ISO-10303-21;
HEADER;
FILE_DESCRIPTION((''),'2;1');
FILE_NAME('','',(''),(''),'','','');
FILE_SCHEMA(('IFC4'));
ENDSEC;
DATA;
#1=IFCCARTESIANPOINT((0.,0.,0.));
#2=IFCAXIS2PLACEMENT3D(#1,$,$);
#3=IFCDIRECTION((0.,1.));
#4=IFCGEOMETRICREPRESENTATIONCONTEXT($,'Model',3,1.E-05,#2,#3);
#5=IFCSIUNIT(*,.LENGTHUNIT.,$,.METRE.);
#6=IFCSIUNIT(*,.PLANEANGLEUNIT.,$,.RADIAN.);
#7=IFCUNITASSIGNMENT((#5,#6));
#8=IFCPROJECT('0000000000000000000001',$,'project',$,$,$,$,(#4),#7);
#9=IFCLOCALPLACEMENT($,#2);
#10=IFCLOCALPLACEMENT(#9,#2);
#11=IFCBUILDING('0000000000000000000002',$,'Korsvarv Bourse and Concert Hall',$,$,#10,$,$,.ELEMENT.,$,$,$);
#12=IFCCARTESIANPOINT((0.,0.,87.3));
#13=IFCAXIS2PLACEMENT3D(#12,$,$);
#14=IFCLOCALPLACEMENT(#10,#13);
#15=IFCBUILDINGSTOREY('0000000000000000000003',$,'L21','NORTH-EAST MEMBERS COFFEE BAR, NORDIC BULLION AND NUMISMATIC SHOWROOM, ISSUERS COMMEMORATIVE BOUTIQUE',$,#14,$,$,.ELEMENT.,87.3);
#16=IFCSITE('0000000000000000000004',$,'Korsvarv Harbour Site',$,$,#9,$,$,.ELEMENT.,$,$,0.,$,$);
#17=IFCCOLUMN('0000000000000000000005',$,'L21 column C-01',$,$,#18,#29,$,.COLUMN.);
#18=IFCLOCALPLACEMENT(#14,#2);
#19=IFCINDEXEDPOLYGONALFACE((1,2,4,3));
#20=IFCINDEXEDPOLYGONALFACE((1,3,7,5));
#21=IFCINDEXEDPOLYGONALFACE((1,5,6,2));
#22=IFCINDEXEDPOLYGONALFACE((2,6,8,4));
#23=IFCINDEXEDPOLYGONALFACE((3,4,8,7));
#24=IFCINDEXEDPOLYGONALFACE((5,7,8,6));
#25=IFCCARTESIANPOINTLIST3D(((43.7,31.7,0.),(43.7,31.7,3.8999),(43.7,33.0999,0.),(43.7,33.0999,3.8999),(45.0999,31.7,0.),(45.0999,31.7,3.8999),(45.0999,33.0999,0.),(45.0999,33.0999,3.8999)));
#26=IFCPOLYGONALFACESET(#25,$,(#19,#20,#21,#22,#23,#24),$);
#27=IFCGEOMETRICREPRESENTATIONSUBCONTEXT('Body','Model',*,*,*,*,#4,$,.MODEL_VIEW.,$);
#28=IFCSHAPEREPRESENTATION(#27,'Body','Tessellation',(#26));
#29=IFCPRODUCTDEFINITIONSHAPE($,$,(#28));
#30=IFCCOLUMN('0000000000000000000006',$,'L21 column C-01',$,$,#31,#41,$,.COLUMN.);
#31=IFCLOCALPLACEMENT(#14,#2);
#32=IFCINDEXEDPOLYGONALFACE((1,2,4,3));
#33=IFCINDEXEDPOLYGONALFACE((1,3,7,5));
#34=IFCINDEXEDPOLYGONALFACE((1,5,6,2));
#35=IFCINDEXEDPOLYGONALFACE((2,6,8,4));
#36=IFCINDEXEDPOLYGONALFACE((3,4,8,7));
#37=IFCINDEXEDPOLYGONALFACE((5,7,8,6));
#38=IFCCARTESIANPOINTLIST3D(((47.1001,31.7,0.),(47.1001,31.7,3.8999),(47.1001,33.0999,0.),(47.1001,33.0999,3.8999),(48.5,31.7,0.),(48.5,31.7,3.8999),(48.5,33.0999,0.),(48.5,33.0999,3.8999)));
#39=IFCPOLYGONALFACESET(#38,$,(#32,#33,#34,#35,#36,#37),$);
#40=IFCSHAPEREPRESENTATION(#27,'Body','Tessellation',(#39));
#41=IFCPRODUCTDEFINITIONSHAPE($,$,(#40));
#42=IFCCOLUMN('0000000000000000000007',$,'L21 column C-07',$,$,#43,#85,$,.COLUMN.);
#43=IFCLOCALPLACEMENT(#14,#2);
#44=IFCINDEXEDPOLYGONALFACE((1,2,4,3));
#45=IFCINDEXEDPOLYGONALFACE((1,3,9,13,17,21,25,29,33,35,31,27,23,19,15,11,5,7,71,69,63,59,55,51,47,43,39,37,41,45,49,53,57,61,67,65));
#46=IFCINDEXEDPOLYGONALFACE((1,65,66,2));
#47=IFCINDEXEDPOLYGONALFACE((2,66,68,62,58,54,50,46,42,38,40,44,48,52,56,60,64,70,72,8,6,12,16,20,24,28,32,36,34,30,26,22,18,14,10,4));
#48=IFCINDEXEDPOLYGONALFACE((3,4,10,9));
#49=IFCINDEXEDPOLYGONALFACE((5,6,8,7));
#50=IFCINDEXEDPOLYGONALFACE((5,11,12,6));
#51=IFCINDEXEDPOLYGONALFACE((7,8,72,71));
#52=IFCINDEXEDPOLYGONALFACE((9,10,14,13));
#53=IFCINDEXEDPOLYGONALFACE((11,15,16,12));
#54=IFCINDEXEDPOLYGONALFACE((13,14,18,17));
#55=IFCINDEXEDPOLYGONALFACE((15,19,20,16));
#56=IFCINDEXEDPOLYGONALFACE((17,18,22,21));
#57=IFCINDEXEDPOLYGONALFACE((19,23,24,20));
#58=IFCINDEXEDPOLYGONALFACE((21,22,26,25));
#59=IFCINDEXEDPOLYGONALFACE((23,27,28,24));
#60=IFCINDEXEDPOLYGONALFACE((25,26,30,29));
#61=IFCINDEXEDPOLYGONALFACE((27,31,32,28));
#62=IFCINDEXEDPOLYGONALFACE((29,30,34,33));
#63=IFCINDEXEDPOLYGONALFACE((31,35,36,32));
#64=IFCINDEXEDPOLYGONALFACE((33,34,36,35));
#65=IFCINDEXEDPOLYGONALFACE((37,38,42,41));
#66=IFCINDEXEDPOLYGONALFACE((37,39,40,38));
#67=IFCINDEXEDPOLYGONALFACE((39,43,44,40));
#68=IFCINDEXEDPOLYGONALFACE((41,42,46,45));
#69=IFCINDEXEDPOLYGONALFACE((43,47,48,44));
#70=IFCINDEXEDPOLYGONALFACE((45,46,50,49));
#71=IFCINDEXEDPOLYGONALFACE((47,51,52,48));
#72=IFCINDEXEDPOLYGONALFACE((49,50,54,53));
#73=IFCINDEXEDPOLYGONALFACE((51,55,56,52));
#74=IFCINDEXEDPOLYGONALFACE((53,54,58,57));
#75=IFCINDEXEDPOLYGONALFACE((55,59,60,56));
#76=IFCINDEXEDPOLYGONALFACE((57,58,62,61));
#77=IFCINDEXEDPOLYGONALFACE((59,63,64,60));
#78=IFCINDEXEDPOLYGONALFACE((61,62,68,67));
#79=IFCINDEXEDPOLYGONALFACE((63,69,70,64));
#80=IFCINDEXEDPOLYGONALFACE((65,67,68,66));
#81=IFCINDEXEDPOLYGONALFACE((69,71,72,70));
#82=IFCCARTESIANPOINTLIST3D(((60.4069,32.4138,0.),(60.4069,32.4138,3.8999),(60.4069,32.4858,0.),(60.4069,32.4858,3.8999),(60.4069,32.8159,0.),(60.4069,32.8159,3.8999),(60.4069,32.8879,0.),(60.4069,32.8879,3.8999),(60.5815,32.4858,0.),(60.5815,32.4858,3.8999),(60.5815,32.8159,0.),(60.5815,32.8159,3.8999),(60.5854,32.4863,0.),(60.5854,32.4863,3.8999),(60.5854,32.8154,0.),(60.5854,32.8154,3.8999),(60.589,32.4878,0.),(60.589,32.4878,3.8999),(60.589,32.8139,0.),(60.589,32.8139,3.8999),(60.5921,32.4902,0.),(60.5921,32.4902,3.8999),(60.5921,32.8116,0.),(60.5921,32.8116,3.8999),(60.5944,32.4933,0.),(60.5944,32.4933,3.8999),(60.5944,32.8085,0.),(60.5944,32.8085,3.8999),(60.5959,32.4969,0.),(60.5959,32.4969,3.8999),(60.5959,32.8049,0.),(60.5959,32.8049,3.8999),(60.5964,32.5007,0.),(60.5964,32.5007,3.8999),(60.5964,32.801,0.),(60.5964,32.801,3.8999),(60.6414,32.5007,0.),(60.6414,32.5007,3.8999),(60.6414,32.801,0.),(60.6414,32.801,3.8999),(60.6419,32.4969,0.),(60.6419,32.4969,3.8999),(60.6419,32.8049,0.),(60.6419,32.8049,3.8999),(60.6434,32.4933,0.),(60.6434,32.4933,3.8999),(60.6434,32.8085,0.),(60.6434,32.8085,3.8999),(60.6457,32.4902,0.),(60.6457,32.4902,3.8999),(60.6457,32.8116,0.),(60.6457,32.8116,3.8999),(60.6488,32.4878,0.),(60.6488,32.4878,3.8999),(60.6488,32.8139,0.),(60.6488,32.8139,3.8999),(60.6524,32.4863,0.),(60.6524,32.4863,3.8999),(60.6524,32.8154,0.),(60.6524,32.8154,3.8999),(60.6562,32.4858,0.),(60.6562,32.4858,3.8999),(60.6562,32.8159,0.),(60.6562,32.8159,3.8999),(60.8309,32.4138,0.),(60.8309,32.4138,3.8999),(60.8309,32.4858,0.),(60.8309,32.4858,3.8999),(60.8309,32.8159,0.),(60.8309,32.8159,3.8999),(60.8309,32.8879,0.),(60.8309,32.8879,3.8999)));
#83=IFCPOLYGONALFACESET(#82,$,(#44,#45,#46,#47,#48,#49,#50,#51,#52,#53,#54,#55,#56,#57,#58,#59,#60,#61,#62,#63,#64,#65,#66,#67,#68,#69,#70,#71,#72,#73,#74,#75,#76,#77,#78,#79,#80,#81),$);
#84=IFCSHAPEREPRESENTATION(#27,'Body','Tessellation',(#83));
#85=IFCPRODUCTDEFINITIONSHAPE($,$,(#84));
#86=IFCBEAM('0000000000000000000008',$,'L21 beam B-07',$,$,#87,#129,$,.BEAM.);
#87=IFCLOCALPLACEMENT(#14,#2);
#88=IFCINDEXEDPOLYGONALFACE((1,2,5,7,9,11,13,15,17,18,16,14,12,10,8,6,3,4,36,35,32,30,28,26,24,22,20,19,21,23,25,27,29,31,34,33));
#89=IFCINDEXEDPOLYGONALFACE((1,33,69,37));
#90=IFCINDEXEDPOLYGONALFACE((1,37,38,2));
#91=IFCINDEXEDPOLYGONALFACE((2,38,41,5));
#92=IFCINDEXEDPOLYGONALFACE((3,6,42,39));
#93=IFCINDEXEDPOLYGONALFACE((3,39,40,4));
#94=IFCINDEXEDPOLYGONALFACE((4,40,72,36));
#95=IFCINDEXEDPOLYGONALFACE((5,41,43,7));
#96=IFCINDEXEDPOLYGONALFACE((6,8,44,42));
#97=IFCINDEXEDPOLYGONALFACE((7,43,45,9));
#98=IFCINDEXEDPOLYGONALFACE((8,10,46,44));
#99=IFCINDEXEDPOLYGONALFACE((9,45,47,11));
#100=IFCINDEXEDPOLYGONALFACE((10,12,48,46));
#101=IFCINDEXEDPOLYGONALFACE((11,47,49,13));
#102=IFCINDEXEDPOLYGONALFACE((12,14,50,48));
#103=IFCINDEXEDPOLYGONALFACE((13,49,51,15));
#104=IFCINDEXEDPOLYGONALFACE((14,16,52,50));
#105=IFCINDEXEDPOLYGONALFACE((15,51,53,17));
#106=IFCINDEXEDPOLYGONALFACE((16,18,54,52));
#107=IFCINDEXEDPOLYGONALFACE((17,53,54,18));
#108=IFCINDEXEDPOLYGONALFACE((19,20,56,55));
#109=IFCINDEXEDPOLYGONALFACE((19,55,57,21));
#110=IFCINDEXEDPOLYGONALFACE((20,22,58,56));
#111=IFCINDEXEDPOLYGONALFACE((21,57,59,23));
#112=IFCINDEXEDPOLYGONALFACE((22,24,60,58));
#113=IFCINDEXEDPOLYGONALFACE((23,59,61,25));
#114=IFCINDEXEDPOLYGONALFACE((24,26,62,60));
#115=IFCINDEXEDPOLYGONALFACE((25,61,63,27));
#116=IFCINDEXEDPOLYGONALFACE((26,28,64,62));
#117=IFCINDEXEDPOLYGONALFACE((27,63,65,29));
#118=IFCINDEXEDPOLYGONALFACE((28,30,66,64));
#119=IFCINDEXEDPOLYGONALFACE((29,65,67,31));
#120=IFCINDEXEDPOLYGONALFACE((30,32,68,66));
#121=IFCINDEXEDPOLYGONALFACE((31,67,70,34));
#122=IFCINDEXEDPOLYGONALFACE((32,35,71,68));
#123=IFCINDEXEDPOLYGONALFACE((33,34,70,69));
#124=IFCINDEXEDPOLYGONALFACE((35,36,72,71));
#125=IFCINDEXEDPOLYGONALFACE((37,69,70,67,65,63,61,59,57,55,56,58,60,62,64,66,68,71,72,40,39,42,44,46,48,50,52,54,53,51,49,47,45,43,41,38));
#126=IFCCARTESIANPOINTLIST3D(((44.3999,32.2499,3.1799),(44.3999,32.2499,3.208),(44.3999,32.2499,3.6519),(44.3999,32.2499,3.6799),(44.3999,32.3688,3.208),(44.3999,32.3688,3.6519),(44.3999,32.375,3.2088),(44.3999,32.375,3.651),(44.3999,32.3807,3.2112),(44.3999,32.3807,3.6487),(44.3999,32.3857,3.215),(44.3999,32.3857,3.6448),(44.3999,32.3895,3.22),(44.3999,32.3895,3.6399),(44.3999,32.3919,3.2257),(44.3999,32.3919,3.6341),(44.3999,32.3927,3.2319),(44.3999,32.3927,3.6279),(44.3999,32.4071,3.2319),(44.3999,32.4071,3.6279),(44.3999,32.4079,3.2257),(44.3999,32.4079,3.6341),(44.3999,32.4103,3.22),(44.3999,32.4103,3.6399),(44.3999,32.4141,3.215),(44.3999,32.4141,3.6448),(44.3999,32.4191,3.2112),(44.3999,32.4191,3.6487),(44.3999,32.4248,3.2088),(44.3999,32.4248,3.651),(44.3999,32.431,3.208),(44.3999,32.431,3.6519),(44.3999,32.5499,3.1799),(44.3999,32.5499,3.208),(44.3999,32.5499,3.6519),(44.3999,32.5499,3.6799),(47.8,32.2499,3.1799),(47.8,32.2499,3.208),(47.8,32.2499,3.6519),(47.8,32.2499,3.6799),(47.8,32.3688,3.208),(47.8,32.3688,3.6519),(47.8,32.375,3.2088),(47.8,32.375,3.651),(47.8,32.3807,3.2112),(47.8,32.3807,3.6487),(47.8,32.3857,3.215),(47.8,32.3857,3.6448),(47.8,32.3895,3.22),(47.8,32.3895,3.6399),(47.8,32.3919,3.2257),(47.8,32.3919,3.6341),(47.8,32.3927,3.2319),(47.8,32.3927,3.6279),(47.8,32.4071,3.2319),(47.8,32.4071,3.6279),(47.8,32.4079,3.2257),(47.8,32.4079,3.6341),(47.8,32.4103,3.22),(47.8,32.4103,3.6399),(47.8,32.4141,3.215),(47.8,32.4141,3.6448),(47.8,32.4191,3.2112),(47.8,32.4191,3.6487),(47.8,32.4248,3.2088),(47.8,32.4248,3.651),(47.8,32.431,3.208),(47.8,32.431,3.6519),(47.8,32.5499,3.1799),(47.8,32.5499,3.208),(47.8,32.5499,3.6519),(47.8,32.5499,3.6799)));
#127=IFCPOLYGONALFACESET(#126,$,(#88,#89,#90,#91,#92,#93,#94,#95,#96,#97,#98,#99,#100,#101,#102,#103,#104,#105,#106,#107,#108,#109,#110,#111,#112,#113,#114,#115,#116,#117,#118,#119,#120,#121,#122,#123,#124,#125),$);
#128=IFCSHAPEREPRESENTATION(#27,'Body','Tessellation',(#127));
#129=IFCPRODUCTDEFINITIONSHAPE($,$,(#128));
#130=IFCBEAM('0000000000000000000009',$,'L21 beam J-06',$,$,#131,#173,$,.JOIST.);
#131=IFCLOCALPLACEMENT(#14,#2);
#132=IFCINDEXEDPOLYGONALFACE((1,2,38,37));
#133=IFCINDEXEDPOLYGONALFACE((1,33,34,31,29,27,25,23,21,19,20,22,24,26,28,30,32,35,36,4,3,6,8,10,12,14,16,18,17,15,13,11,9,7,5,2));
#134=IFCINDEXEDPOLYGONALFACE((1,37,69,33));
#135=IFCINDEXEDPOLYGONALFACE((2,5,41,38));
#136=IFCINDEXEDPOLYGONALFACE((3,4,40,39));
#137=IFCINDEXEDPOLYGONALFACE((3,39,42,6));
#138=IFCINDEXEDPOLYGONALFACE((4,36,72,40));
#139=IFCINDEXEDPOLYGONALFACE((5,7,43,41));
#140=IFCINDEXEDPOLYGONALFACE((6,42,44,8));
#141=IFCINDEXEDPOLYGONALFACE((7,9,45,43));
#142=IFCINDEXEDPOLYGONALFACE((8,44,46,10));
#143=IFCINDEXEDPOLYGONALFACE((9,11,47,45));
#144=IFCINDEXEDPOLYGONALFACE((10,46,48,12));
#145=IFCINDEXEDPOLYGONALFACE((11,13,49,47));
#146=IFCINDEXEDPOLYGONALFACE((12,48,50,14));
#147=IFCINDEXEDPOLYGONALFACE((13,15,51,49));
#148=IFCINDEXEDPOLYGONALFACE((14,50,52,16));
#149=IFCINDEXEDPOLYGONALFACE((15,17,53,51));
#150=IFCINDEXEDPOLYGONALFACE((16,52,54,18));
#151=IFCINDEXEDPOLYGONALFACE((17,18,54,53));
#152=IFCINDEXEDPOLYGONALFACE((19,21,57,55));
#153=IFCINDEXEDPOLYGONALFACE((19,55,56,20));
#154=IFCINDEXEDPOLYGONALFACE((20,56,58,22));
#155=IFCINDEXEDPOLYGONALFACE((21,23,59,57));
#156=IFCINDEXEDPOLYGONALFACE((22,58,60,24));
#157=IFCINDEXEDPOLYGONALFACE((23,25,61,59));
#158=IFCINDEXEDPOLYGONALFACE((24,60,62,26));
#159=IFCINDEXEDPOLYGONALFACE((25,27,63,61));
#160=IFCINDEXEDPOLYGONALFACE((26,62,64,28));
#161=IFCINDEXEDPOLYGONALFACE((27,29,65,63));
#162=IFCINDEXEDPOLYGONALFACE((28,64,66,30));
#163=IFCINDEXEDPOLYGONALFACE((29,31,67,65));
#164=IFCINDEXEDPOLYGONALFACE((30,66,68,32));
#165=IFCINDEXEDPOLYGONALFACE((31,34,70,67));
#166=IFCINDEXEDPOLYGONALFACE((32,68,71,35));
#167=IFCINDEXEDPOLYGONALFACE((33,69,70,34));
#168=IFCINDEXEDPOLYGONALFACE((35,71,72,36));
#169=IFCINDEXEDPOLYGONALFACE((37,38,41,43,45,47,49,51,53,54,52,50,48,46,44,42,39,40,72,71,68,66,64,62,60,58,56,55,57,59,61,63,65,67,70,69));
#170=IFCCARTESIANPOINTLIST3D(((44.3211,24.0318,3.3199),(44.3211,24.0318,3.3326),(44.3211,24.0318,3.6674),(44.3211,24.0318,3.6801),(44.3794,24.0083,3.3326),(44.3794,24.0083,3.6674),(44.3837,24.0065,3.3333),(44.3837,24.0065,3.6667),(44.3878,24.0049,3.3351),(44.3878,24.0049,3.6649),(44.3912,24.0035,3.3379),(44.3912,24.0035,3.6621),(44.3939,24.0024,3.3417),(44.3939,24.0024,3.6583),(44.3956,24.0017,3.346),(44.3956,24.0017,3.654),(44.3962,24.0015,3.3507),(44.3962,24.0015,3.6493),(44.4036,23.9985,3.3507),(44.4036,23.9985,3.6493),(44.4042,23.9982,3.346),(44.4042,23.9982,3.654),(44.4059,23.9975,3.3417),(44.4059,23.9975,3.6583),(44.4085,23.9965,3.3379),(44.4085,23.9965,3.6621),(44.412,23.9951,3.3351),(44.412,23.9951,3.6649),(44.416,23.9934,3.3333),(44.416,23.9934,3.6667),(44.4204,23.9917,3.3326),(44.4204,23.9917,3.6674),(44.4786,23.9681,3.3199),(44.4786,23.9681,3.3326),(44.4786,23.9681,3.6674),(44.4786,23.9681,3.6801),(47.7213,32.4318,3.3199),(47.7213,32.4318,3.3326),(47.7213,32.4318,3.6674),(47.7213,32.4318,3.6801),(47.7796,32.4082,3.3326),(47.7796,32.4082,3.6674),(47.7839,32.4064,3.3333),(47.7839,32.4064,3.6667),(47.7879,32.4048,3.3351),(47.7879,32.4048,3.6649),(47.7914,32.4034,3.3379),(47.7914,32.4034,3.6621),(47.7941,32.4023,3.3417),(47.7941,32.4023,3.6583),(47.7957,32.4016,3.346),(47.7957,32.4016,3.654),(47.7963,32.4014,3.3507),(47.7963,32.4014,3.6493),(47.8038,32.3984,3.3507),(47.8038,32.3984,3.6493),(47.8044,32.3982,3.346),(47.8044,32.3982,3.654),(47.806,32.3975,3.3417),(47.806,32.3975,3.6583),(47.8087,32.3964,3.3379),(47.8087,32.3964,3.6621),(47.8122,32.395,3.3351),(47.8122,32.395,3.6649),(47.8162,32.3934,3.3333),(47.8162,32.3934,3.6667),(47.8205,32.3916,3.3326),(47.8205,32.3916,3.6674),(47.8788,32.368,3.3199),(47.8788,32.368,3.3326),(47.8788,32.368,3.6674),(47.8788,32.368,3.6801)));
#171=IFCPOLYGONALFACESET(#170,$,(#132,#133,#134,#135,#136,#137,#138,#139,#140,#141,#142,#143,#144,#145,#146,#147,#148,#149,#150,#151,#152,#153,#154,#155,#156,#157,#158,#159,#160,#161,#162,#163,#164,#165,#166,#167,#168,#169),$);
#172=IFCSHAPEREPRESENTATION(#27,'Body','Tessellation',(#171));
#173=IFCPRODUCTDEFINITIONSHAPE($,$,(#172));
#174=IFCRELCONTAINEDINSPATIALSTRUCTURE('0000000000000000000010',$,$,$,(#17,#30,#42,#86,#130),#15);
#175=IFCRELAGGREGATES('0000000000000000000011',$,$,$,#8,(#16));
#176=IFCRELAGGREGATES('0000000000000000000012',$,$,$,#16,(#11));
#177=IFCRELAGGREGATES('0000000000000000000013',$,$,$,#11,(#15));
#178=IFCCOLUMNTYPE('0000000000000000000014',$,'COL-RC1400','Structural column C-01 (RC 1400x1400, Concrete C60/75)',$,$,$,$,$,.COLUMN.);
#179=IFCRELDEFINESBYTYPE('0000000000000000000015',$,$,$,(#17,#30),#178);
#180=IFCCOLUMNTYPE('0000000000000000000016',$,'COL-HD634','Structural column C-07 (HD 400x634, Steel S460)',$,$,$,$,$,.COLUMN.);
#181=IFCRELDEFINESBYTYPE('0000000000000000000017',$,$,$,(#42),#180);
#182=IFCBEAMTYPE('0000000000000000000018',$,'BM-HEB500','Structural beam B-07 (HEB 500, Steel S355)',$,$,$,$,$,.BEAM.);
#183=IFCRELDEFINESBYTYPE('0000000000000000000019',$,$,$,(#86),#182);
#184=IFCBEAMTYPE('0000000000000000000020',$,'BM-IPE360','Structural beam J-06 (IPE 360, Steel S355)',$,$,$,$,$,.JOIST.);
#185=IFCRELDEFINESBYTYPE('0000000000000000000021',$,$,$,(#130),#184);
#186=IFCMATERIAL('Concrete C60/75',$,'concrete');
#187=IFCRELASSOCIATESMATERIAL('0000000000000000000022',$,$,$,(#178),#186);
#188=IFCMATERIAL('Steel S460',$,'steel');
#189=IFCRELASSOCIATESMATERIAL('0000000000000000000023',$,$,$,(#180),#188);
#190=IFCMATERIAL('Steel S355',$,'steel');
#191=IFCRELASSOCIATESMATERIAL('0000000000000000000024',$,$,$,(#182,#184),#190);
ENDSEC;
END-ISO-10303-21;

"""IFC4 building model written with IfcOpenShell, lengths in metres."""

from ifc_helpers import new_model, si_unit, direction, frame, origin, origin_2d, place, context, subcontext, project, spatial, rectangle, i_section, extrude, source, transform, mapped, material, material_profile, profile_set, type_object, element, save


model = new_model("IFC4")

# Units and contexts
model_context = context("Model", 3, precision=1e-05, world=origin(), true_north=direction((0.0, 1.0)))
body_context = subcontext(model_context, "Body", "Model", "MODEL_VIEW")
ifc_project = project(units=[si_unit("LENGTHUNIT", "METRE"), si_unit("PLANEANGLEUNIT", "RADIAN")], contexts=[model_context])

# Site, building, storey
site_placement = place(None, origin())
site = spatial("IfcSite", under=ifc_project, at=site_placement, Name="Korsvarv Harbour Site", CompositionType="ELEMENT", RefElevation=0.0)
building_placement = place(site_placement, origin())
building = spatial("IfcBuilding", under=site, at=building_placement, Name="Korsvarv Bourse and Concert Hall", CompositionType="ELEMENT")
storey_placement = place(building_placement, frame((0.0, 0.0, 87.3)))
storey = spatial("IfcBuildingStorey", under=building, at=storey_placement, Name="L21", Description="NORTH-EAST MEMBERS COFFEE BAR, NORDIC BULLION AND NUMISMATIC SHOWROOM, ISSUERS COMMEMORATIVE BOUTIQUE", CompositionType="ELEMENT", Elevation=87.3)

# Columns
ifc_material_1 = material(Name="Concrete C60/75", Category="concrete")
ifc_material_profile_1 = material_profile(ifc_material_1, rectangle(XDim=1.3999, YDim=1.3999, at=origin_2d()), Name="RC 1400x1400")
ifc_profile_set_1 = profile_set([ifc_material_profile_1], Name="Concrete C60/75")
column_type_1 = type_object("IfcColumnType", Name="COL-RC1400", Description="Structural column C-01 (RC 1400x1400, Concrete C60/75)", PredefinedType="COLUMN", material=ifc_profile_set_1)
shared_shape_1 = source(origin(), body_context, "Body", "SweptSolid", [
    extrude(rectangle(XDim=1.3999, YDim=1.3999, at=origin_2d()), origin(), (0.0, 0.0, 1.0), 3.8999),
])
for number, where, z_axis, x_axis, name in (
    (1, (44.3999, 32.3999, 0.0), (0.0, 0.0, 1.0), (1.0, 0.0, 0.0), "L21 column C-01"),
    (2, (47.8, 32.3999, 0.0), (0.0, 0.0, 1.0), (1.0, 0.0, 0.0), "L21 column C-01"),
):
    element("IfcColumn", number, at=place(storey_placement, frame(where, z_axis=z_axis, x_axis=x_axis)), inside=storey, type_object=column_type_1, Name=name, PredefinedType="COLUMN", context=body_context, shape_type="MappedRepresentation", body=[
        mapped(shared_shape_1, transform((0.0, 0.0, 0.0), scale=1.0)),
    ])
ifc_material_2 = material(Name="Steel S460", Category="steel")
ifc_material_profile_2 = material_profile(ifc_material_2, i_section(OverallWidth=0.4241, OverallDepth=0.4741, WebThickness=0.0449, FlangeThickness=0.072, FilletRadius=0.0149, at=origin_2d()), Name="HD 400x634")
ifc_profile_set_2 = profile_set([ifc_material_profile_2], Name="Steel S460")
column_type_2 = type_object("IfcColumnType", Name="COL-HD634", Description="Structural column C-07 (HD 400x634, Steel S460)", PredefinedType="COLUMN", material=ifc_profile_set_2)
shared_shape_2 = source(origin(), body_context, "Body", "SweptSolid", [
    extrude(i_section(OverallWidth=0.4241, OverallDepth=0.4741, WebThickness=0.0449, FlangeThickness=0.072, FilletRadius=0.0149, at=origin_2d()), origin(), (0.0, 0.0, 1.0), 3.8999),
])
column_placement = place(storey_placement, frame((60.6189, 32.6509, 0.0), z_axis=(0.0, 0.0, 1.0), x_axis=(1.0, 0.0, 0.0)))
element("IfcColumn", 3, at=column_placement, inside=storey, type_object=column_type_2, Name="L21 column C-07", PredefinedType="COLUMN", context=body_context, shape_type="MappedRepresentation", body=[
    mapped(shared_shape_2, transform((0.0, 0.0, 0.0), scale=1.0)),
])

# Beams
ifc_material_3 = material(Name="Steel S355", Category="steel")
ifc_material_profile_3 = material_profile(ifc_material_3, i_section(OverallWidth=0.3, OverallDepth=0.5, WebThickness=0.0144, FlangeThickness=0.0281, FilletRadius=0.0239, at=origin_2d()), Name="HEB 500")
ifc_profile_set_3 = profile_set([ifc_material_profile_3], Name="Steel S355")
beam_type_1 = type_object("IfcBeamType", Name="BM-HEB500", Description="Structural beam B-07 (HEB 500, Steel S355)", PredefinedType="BEAM", material=ifc_profile_set_3)
shared_shape_3 = source(origin(), body_context, "Body", "SweptSolid", [
    extrude(i_section(OverallWidth=0.3, OverallDepth=0.5, WebThickness=0.0144, FlangeThickness=0.0281, FilletRadius=0.0239, at=origin_2d()), origin(), (0.0, 0.0, 1.0), 3.4001),
])
beam_1_placement = place(storey_placement, frame((44.3999, 32.3999, 3.4299), z_axis=(1.0, 0.0, 0.0), x_axis=(0.0, 1.0, 0.0)))
element("IfcBeam", 4, at=beam_1_placement, inside=storey, type_object=beam_type_1, Name="L21 beam B-07", PredefinedType="BEAM", context=body_context, shape_type="MappedRepresentation", body=[
    mapped(shared_shape_3, transform((0.0, 0.0, 0.0), scale=1.0)),
])
ifc_material_profile_4 = material_profile(ifc_material_3, i_section(OverallWidth=0.1699, OverallDepth=0.3601, WebThickness=0.0081, FlangeThickness=0.0127, FilletRadius=0.0181, at=origin_2d()), Name="IPE 360")
ifc_profile_set_4 = profile_set([ifc_material_profile_4], Name="Steel S355")
beam_type_2 = type_object("IfcBeamType", Name="BM-IPE360", Description="Structural beam J-06 (IPE 360, Steel S355)", PredefinedType="JOIST", material=ifc_profile_set_4)
shared_shape_4 = source(origin(), body_context, "Body", "SweptSolid", [
    extrude(i_section(OverallWidth=0.1699, OverallDepth=0.3601, WebThickness=0.0081, FlangeThickness=0.0127, FilletRadius=0.0181, at=origin_2d()), origin(), (0.0, 0.0, 1.0), 9.062),
])
beam_2_placement = place(storey_placement, frame((47.8, 32.3999, 3.5), z_axis=(-0.37521, -0.92694, 0.0), x_axis=(0.92694, -0.37521, 0.0)))
element("IfcBeam", 5, at=beam_2_placement, inside=storey, type_object=beam_type_2, Name="L21 beam J-06", PredefinedType="JOIST", context=body_context, shape_type="MappedRepresentation", body=[
    mapped(shared_shape_4, transform((0.0, 0.0, 0.0), scale=1.0)),
])

save(model, "model.ifc")
